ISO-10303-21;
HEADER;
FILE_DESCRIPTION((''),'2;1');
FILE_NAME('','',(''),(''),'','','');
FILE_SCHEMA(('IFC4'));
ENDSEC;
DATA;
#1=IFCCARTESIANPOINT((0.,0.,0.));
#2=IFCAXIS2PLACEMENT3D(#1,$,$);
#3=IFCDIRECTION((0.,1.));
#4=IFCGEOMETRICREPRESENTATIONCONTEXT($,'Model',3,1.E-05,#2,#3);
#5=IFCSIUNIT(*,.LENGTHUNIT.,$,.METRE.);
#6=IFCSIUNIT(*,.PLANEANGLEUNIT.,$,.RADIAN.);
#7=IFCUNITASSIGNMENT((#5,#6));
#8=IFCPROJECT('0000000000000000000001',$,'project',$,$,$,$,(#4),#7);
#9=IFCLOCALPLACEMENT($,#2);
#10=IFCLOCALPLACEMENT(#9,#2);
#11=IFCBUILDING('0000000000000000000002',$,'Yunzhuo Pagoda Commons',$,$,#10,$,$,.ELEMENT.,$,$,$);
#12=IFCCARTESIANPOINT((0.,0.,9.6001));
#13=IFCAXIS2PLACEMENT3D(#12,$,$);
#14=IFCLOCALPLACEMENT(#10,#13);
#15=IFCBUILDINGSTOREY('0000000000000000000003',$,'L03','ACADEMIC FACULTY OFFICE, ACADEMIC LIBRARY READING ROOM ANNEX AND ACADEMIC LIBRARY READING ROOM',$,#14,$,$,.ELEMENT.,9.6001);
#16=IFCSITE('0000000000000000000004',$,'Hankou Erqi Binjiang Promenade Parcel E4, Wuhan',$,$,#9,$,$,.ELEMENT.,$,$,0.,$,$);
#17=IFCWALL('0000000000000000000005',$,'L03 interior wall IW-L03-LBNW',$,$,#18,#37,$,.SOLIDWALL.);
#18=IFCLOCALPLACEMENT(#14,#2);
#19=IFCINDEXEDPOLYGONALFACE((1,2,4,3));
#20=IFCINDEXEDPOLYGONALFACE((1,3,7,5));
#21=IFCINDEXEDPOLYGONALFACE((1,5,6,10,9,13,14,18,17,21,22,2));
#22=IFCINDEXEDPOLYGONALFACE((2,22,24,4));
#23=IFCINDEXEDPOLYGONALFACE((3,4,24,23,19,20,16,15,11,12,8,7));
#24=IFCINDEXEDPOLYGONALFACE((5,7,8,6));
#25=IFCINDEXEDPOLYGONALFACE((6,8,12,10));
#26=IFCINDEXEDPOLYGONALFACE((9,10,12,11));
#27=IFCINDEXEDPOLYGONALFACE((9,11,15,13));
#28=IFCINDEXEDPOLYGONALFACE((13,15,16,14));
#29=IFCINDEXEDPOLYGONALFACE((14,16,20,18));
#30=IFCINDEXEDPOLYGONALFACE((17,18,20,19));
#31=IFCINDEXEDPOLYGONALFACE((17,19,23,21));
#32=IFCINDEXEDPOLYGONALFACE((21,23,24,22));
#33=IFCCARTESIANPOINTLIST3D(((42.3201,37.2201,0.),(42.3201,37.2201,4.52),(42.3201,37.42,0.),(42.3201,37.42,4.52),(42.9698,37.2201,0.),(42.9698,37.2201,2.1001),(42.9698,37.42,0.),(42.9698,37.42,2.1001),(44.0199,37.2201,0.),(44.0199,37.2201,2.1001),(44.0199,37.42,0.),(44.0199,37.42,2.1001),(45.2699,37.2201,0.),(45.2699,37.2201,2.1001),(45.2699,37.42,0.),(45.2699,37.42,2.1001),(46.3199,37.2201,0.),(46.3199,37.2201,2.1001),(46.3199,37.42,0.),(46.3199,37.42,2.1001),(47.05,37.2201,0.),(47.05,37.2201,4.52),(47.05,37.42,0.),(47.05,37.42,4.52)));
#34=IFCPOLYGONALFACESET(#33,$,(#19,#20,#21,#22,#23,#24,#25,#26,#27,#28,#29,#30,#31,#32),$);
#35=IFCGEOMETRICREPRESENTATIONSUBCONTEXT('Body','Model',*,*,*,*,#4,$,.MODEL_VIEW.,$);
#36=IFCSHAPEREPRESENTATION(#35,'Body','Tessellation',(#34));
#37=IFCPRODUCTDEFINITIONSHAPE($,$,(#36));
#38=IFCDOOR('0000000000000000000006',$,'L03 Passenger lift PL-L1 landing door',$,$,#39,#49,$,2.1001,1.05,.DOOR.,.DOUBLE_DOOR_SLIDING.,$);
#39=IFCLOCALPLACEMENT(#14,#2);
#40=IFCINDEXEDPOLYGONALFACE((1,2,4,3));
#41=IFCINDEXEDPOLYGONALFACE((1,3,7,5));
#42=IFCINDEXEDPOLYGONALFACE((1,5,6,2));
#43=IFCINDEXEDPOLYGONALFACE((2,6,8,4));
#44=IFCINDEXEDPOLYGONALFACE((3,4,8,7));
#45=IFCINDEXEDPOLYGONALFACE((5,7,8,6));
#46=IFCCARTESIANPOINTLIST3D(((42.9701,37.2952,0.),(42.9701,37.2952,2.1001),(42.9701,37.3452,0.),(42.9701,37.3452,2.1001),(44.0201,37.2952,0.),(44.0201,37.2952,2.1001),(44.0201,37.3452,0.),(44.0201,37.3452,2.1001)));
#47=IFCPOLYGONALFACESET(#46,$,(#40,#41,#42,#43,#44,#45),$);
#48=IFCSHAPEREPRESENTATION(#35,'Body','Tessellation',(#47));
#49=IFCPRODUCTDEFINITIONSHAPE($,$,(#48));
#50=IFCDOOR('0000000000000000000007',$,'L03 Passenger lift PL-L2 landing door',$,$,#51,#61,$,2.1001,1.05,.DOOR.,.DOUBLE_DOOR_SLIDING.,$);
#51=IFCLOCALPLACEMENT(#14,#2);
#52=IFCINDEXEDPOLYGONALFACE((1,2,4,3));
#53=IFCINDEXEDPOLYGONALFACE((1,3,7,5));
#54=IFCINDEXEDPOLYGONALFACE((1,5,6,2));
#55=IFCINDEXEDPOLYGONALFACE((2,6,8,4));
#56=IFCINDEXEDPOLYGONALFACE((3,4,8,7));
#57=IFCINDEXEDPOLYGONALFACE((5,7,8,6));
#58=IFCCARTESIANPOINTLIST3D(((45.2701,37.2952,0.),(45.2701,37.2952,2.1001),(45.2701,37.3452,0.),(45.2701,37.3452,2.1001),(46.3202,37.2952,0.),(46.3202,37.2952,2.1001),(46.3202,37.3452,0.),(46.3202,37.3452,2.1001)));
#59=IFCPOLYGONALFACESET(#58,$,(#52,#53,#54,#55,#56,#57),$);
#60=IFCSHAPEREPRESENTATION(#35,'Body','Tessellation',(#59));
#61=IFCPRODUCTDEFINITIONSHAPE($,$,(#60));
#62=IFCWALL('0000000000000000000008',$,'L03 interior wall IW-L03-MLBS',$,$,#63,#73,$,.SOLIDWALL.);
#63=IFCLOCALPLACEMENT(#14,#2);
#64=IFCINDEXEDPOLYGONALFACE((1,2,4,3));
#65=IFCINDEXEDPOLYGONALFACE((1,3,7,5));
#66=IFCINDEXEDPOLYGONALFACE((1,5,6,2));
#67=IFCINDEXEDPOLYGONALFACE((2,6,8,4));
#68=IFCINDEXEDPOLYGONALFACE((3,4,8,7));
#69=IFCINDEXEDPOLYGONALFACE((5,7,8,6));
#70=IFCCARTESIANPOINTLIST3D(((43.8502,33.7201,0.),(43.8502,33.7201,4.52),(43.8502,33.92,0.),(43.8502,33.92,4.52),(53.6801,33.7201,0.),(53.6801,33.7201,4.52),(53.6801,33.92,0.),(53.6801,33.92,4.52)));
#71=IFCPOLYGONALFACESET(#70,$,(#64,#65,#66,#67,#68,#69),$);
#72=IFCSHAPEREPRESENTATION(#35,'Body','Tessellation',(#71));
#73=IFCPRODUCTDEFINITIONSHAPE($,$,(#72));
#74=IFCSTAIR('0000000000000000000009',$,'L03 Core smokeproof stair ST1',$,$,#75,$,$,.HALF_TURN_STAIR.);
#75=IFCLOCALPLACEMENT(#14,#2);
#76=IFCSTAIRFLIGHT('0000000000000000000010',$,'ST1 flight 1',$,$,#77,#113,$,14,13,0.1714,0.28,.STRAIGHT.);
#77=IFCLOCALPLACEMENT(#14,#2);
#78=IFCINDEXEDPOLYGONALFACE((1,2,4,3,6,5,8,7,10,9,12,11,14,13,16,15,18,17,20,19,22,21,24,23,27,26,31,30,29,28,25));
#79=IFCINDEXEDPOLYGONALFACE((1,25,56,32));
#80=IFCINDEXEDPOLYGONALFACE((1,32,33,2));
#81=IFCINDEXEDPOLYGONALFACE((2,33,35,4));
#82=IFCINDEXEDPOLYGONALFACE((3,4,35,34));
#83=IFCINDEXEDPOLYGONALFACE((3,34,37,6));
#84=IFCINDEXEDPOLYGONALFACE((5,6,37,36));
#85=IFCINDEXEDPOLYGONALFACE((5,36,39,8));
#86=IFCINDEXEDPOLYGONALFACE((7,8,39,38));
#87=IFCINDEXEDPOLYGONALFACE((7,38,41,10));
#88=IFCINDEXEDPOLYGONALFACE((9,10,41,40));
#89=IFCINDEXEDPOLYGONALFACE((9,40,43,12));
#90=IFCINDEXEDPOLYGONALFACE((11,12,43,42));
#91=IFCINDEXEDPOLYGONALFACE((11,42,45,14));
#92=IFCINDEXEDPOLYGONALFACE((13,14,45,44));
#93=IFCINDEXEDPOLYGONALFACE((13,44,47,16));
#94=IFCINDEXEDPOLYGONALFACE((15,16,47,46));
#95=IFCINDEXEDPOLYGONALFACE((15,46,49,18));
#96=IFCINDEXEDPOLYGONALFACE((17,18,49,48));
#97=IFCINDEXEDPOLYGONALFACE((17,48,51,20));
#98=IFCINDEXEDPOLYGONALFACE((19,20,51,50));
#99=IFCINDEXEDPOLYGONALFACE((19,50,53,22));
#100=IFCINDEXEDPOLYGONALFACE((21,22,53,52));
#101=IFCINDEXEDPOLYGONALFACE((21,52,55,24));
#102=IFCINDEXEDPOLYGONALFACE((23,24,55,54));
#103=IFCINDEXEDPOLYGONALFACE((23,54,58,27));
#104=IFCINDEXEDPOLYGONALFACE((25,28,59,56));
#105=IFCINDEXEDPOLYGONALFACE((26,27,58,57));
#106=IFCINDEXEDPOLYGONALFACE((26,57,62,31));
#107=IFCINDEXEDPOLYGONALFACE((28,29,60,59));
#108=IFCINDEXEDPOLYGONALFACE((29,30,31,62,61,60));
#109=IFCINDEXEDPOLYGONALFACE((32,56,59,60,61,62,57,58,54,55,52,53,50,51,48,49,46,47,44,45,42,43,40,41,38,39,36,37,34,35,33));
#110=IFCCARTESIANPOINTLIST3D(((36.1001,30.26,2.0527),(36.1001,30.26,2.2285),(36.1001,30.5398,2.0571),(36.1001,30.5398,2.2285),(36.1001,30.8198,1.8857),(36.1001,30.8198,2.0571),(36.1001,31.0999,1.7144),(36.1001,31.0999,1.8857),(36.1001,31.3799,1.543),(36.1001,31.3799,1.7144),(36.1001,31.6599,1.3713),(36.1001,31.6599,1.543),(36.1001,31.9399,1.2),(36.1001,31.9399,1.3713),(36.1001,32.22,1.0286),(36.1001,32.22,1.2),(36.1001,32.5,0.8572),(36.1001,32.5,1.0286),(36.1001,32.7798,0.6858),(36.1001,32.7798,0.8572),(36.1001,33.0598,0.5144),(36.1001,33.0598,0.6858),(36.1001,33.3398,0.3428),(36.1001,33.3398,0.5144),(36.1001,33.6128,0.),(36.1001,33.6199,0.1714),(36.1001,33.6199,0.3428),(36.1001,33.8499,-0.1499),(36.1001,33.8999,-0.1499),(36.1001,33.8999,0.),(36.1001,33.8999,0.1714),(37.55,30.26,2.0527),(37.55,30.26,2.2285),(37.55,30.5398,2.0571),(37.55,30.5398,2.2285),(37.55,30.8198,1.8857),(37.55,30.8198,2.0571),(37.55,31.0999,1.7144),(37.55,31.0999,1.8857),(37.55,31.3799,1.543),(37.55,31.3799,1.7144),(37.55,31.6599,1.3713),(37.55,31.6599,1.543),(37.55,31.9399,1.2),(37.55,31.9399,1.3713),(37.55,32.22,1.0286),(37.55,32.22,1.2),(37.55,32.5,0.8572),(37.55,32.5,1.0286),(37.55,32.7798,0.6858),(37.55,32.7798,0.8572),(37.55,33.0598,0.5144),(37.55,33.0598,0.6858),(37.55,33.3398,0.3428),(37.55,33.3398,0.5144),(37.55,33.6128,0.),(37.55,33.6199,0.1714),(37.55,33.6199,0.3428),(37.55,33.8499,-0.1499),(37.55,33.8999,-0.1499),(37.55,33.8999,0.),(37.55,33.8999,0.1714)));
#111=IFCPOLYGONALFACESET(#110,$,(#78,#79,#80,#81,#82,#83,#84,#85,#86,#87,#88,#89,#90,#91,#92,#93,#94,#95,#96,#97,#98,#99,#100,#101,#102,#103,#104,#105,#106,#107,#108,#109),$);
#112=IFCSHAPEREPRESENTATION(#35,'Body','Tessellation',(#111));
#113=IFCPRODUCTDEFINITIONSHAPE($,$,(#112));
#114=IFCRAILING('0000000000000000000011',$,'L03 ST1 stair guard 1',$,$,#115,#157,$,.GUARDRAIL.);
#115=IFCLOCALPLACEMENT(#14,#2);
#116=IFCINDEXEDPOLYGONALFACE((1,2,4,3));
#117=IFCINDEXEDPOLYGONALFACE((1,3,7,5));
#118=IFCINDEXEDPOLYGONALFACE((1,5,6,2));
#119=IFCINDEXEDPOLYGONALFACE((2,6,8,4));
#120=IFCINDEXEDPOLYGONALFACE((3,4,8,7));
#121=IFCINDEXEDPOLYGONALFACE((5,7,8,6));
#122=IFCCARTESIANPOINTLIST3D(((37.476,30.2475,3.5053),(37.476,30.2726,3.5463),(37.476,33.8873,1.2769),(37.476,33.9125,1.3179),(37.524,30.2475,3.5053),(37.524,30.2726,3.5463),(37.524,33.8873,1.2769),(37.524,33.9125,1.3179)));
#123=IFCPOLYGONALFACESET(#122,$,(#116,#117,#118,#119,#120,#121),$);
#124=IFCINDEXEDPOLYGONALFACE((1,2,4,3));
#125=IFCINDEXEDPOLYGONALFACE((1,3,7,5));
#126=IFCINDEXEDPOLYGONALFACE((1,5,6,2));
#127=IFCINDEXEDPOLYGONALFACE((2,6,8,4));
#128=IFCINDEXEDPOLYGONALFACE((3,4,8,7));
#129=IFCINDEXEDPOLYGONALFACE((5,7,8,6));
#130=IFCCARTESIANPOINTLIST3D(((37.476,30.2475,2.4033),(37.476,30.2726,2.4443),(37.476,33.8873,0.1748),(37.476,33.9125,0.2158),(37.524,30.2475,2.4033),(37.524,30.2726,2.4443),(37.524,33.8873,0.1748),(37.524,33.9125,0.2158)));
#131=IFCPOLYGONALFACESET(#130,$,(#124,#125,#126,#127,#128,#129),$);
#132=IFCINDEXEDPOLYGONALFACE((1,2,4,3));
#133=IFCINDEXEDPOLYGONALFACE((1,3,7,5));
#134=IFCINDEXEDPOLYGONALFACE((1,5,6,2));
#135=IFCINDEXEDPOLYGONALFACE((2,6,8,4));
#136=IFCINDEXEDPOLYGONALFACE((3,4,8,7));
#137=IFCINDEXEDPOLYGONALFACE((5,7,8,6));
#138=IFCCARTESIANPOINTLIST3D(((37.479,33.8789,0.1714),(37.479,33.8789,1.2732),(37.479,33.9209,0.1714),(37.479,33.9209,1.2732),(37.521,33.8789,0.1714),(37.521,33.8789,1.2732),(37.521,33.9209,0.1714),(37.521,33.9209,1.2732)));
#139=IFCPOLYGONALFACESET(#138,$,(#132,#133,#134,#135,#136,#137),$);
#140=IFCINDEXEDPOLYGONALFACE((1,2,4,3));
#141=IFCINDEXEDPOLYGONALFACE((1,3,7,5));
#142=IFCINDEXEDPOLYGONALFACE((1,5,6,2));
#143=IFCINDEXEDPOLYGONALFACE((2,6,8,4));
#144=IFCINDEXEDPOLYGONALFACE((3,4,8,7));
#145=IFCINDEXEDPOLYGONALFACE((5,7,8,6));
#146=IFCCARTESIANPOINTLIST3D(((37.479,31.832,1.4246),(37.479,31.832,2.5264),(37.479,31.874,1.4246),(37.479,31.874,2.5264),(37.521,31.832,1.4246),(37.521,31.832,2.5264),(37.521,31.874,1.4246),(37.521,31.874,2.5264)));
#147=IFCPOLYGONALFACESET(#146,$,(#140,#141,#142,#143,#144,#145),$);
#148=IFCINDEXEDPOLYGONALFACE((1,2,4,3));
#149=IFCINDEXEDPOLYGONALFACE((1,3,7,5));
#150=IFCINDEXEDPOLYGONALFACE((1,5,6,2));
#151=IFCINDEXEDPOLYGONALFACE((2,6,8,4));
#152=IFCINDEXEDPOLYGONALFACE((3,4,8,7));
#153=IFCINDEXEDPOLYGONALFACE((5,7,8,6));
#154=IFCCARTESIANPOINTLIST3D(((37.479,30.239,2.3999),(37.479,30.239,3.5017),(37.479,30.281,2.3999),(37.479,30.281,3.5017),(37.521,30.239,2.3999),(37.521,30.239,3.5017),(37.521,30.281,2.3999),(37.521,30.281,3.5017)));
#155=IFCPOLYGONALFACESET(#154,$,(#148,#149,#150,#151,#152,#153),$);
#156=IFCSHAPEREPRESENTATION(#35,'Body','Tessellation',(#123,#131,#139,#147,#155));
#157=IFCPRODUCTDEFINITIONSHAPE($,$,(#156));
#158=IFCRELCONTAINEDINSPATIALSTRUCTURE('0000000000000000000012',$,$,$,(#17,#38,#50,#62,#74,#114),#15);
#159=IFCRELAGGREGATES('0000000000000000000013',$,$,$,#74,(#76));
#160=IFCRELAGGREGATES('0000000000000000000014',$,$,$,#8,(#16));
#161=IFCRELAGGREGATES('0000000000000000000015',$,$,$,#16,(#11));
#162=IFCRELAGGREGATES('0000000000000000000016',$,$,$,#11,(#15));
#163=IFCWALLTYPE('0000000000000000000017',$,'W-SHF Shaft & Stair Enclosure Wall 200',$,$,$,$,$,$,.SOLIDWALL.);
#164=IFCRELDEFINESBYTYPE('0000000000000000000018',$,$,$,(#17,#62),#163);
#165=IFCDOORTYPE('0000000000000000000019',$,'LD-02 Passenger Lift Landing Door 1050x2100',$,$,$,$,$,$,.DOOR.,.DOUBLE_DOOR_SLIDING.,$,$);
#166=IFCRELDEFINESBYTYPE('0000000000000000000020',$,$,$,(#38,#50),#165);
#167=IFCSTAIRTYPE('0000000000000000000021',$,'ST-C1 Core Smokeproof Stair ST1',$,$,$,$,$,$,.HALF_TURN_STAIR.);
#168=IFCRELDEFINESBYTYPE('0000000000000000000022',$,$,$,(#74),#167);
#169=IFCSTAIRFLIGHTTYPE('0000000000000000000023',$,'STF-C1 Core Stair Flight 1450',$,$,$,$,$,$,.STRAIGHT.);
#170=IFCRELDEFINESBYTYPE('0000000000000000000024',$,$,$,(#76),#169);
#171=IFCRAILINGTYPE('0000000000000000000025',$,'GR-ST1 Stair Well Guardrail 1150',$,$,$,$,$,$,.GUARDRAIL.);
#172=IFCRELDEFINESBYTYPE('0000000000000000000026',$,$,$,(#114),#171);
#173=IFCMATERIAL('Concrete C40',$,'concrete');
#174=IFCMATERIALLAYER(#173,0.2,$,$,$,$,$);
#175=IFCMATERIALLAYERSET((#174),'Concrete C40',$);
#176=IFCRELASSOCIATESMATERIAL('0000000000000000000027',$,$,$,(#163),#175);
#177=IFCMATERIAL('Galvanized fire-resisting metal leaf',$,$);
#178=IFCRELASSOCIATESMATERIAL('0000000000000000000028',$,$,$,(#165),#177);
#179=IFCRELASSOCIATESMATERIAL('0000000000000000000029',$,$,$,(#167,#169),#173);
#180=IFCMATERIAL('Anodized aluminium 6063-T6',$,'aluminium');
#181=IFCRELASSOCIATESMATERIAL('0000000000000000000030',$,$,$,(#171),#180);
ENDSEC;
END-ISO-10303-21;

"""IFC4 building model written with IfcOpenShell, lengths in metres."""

from ifc_helpers import new_model, si_unit, direction, frame, frame_2d, origin, origin_2d, place, context, subcontext, project, spatial, polyline, rectangle, outline, extrude, source, transform, mapped, material, layer, layer_set, type_object, element, fill, aggregate, save


model = new_model("IFC4")

# Units and contexts
model_context = context("Model", 3, precision=1e-05, world=origin(), true_north=direction((0.0, 1.0)))
body_context = subcontext(model_context, "Body", "Model", "MODEL_VIEW")
ifc_project = project(units=[si_unit("LENGTHUNIT", "METRE"), si_unit("PLANEANGLEUNIT", "RADIAN")], contexts=[model_context])

# Site, building, storey
site_placement = place(None, origin())
site = spatial("IfcSite", under=ifc_project, at=site_placement, Name="Hankou Erqi Binjiang Promenade Parcel E4, Wuhan", CompositionType="ELEMENT", RefElevation=0.0)
building_placement = place(site_placement, origin())
building = spatial("IfcBuilding", under=site, at=building_placement, Name="Yunzhuo Pagoda Commons", CompositionType="ELEMENT")
storey_placement = place(building_placement, frame((0.0, 0.0, 9.6001)))
storey = spatial("IfcBuildingStorey", under=building, at=storey_placement, Name="L03", Description="ACADEMIC FACULTY OFFICE, ACADEMIC LIBRARY READING ROOM ANNEX AND ACADEMIC LIBRARY READING ROOM", CompositionType="ELEMENT", Elevation=9.6001)

# Shared definitions
ifc_material_1 = material(Name="Galvanized fire-resisting metal leaf")
shared_shape_1 = source(origin(), body_context, "Body", "SweptSolid", [
    extrude(rectangle(XDim=1.05, YDim=2.1001, at=frame_2d((0.5249, 1.05))), frame((0.0, 0.0249, 0.0), z_axis=(0.0, -1.0, 0.0), x_axis=(1.0, 0.0, 0.0)), (0.0, 0.0, 1.0), 0.05),
])

# Shared definitions
ifc_material_2 = material(Name="Concrete C40", Category="concrete")
ifc_layer_1 = layer(ifc_material_2, 0.2)
ifc_layer_set_1 = layer_set([ifc_layer_1], Name="Concrete C40")
wall_type_1 = type_object("IfcWallType", Name="W-SHF Shaft & Stair Enclosure Wall 200", PredefinedType="SOLIDWALL", material=ifc_layer_set_1)
door_type_1 = type_object("IfcDoorType", Name="LD-02 Passenger Lift Landing Door 1050x2100", OperationType="DOUBLE_DOOR_SLIDING", PredefinedType="DOOR", material=ifc_material_1)

# Wall, openings, doors
wall_1_placement = place(storey_placement, frame((42.3201, 37.3201, 0.0), z_axis=(0.0, 0.0, 1.0), x_axis=(1.0, 0.0, 0.0)))
wall_1 = element("IfcWall", 1, at=wall_1_placement, inside=storey, type_object=wall_type_1, Name="L03 interior wall IW-L03-LBNW", PredefinedType="SOLIDWALL", context=body_context, shape_type="SweptSolid", body=[
    extrude(rectangle(XDim=4.73, YDim=0.2, at=frame_2d((2.365, 0.0))), origin(), (0.0, 0.0, 1.0), 4.52),
])
opening_1_placement = place(wall_1_placement, frame((0.6499, 0.0, 0.0)))
opening_1 = element("IfcOpeningElement", 2, at=opening_1_placement, cuts=wall_1, PredefinedType="OPENING", context=body_context, shape_type="SweptSolid", body=[
    extrude(rectangle(XDim=1.05, YDim=2.1001, at=frame_2d((0.5249, 1.05))), frame((0.0, 0.1099, 0.0), z_axis=(0.0, -1.0, 0.0), x_axis=(1.0, 0.0, 0.0)), (0.0, 0.0, 1.0), 0.22),
])
opening_2_placement = place(wall_1_placement, frame((2.95, 0.0, 0.0)))
opening_2 = element("IfcOpeningElement", 3, at=opening_2_placement, cuts=wall_1, PredefinedType="OPENING", context=body_context, shape_type="SweptSolid", body=[
    extrude(rectangle(XDim=1.05, YDim=2.1001, at=frame_2d((0.5249, 1.05))), frame((0.0, 0.1099, 0.0), z_axis=(0.0, -1.0, 0.0), x_axis=(1.0, 0.0, 0.0)), (0.0, 0.0, 1.0), 0.22),
])
door_1_placement = place(opening_1_placement, frame((1.05, 0.0, 0.0), z_axis=(0.0, 0.0, 1.0), x_axis=(-1.0, 0.0, 0.0)))
door_1 = element("IfcDoor", 4, at=door_1_placement, inside=storey, type_object=door_type_1, Name="L03 Passenger lift PL-L1 landing door", OperationType="DOUBLE_DOOR_SLIDING", OverallHeight=2.1001, OverallWidth=1.05, PredefinedType="DOOR", context=body_context, shape_type="MappedRepresentation", body=[
    mapped(shared_shape_1, transform((0.0, 0.0, 0.0), scale=1.0)),
])
fill(opening_1, door_1)
door_2_placement = place(opening_2_placement, frame((1.05, 0.0, 0.0), z_axis=(0.0, 0.0, 1.0), x_axis=(-1.0, 0.0, 0.0)))
door_2 = element("IfcDoor", 5, at=door_2_placement, inside=storey, type_object=door_type_1, Name="L03 Passenger lift PL-L2 landing door", OperationType="DOUBLE_DOOR_SLIDING", OverallHeight=2.1001, OverallWidth=1.05, PredefinedType="DOOR", context=body_context, shape_type="MappedRepresentation", body=[
    mapped(shared_shape_1, transform((0.0, 0.0, 0.0), scale=1.0)),
])
fill(opening_2, door_2)

# Wall
wall_2_placement = place(storey_placement, frame((43.8501, 33.8201, 0.0), z_axis=(0.0, 0.0, 1.0), x_axis=(1.0, 0.0, 0.0)))
element("IfcWall", 6, at=wall_2_placement, inside=storey, type_object=wall_type_1, Name="L03 interior wall IW-L03-MLBS", PredefinedType="SOLIDWALL", context=body_context, shape_type="SweptSolid", body=[
    extrude(rectangle(XDim=9.8298, YDim=0.2, at=frame_2d((4.915, 0.0))), origin(), (0.0, 0.0, 1.0), 4.52),
])

# Stair, stair flight
stair_type = type_object("IfcStairType", Name="ST-C1 Core Smokeproof Stair ST1", PredefinedType="HALF_TURN_STAIR", material=ifc_material_2)
stair_placement = place(storey_placement, origin())
stair = element("IfcStair", 7, at=stair_placement, inside=storey, type_object=stair_type, Name="L03 Core smokeproof stair ST1", PredefinedType="HALF_TURN_STAIR")
stair_flight_type = type_object("IfcStairFlightType", Name="STF-C1 Core Stair Flight 1450", PredefinedType="STRAIGHT", material=ifc_material_2)
shared_shape_2 = source(origin(), body_context, "Body", "SweptSolid", [
    extrude(outline(polyline([(0.0, -0.1499), (0.0, 0.0), (0.0, 0.1714), (0.28, 0.1714), (0.28, 0.3428), (0.5601, 0.3428), (0.5601, 0.5144), (0.8401, 0.5144), (0.8401, 0.6858), (1.1201, 0.6858), (1.1201, 0.8572), (1.3999, 0.8572), (1.3999, 1.0286), (1.6799, 1.0286), (1.6799, 1.2), (1.96, 1.2), (1.96, 1.3713), (2.24, 1.3713), (2.24, 1.543), (2.52, 1.543), (2.52, 1.7144), (2.8, 1.7144), (2.8, 1.8857), (3.0801, 1.8857), (3.0801, 2.0571), (3.3601, 2.0571), (3.3601, 2.2285), (3.6399, 2.2285), (3.6399, 2.3999), (3.6399, 2.0527), (0.2871, 0.0), (0.05, -0.1499), (0.0, -0.1499)])), frame((0.0, 0.7251, 0.0), z_axis=(0.0, -1.0, 0.0), x_axis=(1.0, 0.0, 0.0)), (0.0, 0.0, 1.0), 1.45),
])
stair_flight_placement = place(storey_placement, frame((36.825, 33.8999, 0.0), z_axis=(0.0, 0.0, 1.0), x_axis=(0.0, -1.0, 0.0)))
stair_flight = element("IfcStairFlight", 8, at=stair_flight_placement, type_object=stair_flight_type, Name="ST1 flight 1", NumberOfRisers=14, NumberOfTreads=13, PredefinedType="STRAIGHT", RiserHeight=0.1714, TreadLength=0.28, context=body_context, shape_type="MappedRepresentation", body=[
    mapped(shared_shape_2, transform((0.0, 0.0, 0.0), scale=1.0)),
])
aggregate(stair, [stair_flight])

# Railing
ifc_material_3 = material(Name="Anodized aluminium 6063-T6", Category="aluminium")
railing_type_1 = type_object("IfcRailingType", Name="GR-ST1 Stair Well Guardrail 1150", PredefinedType="GUARDRAIL", material=ifc_material_3)
railing_1_placement = place(storey_placement, frame((37.5, 33.8999, 0.1714)))
element("IfcRailing", 9, at=railing_1_placement, inside=storey, type_object=railing_type_1, Name="L03 ST1 stair guard 1", PredefinedType="GUARDRAIL", context=body_context, shape_type="SweptSolid", body=[
    extrude(rectangle(XDim=0.0481, YDim=0.0481, at=origin_2d()), frame((0.0, 0.0, 1.126), z_axis=(0.0, -0.85285, 0.522156), x_axis=(1.0, 0.0, 0.0)), (0.0, 0.0, 1.0), 4.2678),
    extrude(rectangle(XDim=0.0481, YDim=0.0481, at=origin_2d()), frame((0.0, 0.0, 0.0239), z_axis=(0.0, -0.85285, 0.522156), x_axis=(1.0, 0.0, 0.0)), (0.0, 0.0, 1.0), 4.2678),
    extrude(rectangle(XDim=0.042, YDim=0.042, at=origin_2d()), origin(), (0.0, 0.0, 1.0), 1.1018),
    extrude(rectangle(XDim=0.042, YDim=0.042, at=origin_2d()), frame((0.0, -2.0469, 1.2532)), (0.0, 0.0, 1.0), 1.1018),
    extrude(rectangle(XDim=0.042, YDim=0.042, at=origin_2d()), frame((0.0, -3.6399, 2.2285)), (0.0, 0.0, 1.0), 1.1018),
])

save(model, "model.ifc")
